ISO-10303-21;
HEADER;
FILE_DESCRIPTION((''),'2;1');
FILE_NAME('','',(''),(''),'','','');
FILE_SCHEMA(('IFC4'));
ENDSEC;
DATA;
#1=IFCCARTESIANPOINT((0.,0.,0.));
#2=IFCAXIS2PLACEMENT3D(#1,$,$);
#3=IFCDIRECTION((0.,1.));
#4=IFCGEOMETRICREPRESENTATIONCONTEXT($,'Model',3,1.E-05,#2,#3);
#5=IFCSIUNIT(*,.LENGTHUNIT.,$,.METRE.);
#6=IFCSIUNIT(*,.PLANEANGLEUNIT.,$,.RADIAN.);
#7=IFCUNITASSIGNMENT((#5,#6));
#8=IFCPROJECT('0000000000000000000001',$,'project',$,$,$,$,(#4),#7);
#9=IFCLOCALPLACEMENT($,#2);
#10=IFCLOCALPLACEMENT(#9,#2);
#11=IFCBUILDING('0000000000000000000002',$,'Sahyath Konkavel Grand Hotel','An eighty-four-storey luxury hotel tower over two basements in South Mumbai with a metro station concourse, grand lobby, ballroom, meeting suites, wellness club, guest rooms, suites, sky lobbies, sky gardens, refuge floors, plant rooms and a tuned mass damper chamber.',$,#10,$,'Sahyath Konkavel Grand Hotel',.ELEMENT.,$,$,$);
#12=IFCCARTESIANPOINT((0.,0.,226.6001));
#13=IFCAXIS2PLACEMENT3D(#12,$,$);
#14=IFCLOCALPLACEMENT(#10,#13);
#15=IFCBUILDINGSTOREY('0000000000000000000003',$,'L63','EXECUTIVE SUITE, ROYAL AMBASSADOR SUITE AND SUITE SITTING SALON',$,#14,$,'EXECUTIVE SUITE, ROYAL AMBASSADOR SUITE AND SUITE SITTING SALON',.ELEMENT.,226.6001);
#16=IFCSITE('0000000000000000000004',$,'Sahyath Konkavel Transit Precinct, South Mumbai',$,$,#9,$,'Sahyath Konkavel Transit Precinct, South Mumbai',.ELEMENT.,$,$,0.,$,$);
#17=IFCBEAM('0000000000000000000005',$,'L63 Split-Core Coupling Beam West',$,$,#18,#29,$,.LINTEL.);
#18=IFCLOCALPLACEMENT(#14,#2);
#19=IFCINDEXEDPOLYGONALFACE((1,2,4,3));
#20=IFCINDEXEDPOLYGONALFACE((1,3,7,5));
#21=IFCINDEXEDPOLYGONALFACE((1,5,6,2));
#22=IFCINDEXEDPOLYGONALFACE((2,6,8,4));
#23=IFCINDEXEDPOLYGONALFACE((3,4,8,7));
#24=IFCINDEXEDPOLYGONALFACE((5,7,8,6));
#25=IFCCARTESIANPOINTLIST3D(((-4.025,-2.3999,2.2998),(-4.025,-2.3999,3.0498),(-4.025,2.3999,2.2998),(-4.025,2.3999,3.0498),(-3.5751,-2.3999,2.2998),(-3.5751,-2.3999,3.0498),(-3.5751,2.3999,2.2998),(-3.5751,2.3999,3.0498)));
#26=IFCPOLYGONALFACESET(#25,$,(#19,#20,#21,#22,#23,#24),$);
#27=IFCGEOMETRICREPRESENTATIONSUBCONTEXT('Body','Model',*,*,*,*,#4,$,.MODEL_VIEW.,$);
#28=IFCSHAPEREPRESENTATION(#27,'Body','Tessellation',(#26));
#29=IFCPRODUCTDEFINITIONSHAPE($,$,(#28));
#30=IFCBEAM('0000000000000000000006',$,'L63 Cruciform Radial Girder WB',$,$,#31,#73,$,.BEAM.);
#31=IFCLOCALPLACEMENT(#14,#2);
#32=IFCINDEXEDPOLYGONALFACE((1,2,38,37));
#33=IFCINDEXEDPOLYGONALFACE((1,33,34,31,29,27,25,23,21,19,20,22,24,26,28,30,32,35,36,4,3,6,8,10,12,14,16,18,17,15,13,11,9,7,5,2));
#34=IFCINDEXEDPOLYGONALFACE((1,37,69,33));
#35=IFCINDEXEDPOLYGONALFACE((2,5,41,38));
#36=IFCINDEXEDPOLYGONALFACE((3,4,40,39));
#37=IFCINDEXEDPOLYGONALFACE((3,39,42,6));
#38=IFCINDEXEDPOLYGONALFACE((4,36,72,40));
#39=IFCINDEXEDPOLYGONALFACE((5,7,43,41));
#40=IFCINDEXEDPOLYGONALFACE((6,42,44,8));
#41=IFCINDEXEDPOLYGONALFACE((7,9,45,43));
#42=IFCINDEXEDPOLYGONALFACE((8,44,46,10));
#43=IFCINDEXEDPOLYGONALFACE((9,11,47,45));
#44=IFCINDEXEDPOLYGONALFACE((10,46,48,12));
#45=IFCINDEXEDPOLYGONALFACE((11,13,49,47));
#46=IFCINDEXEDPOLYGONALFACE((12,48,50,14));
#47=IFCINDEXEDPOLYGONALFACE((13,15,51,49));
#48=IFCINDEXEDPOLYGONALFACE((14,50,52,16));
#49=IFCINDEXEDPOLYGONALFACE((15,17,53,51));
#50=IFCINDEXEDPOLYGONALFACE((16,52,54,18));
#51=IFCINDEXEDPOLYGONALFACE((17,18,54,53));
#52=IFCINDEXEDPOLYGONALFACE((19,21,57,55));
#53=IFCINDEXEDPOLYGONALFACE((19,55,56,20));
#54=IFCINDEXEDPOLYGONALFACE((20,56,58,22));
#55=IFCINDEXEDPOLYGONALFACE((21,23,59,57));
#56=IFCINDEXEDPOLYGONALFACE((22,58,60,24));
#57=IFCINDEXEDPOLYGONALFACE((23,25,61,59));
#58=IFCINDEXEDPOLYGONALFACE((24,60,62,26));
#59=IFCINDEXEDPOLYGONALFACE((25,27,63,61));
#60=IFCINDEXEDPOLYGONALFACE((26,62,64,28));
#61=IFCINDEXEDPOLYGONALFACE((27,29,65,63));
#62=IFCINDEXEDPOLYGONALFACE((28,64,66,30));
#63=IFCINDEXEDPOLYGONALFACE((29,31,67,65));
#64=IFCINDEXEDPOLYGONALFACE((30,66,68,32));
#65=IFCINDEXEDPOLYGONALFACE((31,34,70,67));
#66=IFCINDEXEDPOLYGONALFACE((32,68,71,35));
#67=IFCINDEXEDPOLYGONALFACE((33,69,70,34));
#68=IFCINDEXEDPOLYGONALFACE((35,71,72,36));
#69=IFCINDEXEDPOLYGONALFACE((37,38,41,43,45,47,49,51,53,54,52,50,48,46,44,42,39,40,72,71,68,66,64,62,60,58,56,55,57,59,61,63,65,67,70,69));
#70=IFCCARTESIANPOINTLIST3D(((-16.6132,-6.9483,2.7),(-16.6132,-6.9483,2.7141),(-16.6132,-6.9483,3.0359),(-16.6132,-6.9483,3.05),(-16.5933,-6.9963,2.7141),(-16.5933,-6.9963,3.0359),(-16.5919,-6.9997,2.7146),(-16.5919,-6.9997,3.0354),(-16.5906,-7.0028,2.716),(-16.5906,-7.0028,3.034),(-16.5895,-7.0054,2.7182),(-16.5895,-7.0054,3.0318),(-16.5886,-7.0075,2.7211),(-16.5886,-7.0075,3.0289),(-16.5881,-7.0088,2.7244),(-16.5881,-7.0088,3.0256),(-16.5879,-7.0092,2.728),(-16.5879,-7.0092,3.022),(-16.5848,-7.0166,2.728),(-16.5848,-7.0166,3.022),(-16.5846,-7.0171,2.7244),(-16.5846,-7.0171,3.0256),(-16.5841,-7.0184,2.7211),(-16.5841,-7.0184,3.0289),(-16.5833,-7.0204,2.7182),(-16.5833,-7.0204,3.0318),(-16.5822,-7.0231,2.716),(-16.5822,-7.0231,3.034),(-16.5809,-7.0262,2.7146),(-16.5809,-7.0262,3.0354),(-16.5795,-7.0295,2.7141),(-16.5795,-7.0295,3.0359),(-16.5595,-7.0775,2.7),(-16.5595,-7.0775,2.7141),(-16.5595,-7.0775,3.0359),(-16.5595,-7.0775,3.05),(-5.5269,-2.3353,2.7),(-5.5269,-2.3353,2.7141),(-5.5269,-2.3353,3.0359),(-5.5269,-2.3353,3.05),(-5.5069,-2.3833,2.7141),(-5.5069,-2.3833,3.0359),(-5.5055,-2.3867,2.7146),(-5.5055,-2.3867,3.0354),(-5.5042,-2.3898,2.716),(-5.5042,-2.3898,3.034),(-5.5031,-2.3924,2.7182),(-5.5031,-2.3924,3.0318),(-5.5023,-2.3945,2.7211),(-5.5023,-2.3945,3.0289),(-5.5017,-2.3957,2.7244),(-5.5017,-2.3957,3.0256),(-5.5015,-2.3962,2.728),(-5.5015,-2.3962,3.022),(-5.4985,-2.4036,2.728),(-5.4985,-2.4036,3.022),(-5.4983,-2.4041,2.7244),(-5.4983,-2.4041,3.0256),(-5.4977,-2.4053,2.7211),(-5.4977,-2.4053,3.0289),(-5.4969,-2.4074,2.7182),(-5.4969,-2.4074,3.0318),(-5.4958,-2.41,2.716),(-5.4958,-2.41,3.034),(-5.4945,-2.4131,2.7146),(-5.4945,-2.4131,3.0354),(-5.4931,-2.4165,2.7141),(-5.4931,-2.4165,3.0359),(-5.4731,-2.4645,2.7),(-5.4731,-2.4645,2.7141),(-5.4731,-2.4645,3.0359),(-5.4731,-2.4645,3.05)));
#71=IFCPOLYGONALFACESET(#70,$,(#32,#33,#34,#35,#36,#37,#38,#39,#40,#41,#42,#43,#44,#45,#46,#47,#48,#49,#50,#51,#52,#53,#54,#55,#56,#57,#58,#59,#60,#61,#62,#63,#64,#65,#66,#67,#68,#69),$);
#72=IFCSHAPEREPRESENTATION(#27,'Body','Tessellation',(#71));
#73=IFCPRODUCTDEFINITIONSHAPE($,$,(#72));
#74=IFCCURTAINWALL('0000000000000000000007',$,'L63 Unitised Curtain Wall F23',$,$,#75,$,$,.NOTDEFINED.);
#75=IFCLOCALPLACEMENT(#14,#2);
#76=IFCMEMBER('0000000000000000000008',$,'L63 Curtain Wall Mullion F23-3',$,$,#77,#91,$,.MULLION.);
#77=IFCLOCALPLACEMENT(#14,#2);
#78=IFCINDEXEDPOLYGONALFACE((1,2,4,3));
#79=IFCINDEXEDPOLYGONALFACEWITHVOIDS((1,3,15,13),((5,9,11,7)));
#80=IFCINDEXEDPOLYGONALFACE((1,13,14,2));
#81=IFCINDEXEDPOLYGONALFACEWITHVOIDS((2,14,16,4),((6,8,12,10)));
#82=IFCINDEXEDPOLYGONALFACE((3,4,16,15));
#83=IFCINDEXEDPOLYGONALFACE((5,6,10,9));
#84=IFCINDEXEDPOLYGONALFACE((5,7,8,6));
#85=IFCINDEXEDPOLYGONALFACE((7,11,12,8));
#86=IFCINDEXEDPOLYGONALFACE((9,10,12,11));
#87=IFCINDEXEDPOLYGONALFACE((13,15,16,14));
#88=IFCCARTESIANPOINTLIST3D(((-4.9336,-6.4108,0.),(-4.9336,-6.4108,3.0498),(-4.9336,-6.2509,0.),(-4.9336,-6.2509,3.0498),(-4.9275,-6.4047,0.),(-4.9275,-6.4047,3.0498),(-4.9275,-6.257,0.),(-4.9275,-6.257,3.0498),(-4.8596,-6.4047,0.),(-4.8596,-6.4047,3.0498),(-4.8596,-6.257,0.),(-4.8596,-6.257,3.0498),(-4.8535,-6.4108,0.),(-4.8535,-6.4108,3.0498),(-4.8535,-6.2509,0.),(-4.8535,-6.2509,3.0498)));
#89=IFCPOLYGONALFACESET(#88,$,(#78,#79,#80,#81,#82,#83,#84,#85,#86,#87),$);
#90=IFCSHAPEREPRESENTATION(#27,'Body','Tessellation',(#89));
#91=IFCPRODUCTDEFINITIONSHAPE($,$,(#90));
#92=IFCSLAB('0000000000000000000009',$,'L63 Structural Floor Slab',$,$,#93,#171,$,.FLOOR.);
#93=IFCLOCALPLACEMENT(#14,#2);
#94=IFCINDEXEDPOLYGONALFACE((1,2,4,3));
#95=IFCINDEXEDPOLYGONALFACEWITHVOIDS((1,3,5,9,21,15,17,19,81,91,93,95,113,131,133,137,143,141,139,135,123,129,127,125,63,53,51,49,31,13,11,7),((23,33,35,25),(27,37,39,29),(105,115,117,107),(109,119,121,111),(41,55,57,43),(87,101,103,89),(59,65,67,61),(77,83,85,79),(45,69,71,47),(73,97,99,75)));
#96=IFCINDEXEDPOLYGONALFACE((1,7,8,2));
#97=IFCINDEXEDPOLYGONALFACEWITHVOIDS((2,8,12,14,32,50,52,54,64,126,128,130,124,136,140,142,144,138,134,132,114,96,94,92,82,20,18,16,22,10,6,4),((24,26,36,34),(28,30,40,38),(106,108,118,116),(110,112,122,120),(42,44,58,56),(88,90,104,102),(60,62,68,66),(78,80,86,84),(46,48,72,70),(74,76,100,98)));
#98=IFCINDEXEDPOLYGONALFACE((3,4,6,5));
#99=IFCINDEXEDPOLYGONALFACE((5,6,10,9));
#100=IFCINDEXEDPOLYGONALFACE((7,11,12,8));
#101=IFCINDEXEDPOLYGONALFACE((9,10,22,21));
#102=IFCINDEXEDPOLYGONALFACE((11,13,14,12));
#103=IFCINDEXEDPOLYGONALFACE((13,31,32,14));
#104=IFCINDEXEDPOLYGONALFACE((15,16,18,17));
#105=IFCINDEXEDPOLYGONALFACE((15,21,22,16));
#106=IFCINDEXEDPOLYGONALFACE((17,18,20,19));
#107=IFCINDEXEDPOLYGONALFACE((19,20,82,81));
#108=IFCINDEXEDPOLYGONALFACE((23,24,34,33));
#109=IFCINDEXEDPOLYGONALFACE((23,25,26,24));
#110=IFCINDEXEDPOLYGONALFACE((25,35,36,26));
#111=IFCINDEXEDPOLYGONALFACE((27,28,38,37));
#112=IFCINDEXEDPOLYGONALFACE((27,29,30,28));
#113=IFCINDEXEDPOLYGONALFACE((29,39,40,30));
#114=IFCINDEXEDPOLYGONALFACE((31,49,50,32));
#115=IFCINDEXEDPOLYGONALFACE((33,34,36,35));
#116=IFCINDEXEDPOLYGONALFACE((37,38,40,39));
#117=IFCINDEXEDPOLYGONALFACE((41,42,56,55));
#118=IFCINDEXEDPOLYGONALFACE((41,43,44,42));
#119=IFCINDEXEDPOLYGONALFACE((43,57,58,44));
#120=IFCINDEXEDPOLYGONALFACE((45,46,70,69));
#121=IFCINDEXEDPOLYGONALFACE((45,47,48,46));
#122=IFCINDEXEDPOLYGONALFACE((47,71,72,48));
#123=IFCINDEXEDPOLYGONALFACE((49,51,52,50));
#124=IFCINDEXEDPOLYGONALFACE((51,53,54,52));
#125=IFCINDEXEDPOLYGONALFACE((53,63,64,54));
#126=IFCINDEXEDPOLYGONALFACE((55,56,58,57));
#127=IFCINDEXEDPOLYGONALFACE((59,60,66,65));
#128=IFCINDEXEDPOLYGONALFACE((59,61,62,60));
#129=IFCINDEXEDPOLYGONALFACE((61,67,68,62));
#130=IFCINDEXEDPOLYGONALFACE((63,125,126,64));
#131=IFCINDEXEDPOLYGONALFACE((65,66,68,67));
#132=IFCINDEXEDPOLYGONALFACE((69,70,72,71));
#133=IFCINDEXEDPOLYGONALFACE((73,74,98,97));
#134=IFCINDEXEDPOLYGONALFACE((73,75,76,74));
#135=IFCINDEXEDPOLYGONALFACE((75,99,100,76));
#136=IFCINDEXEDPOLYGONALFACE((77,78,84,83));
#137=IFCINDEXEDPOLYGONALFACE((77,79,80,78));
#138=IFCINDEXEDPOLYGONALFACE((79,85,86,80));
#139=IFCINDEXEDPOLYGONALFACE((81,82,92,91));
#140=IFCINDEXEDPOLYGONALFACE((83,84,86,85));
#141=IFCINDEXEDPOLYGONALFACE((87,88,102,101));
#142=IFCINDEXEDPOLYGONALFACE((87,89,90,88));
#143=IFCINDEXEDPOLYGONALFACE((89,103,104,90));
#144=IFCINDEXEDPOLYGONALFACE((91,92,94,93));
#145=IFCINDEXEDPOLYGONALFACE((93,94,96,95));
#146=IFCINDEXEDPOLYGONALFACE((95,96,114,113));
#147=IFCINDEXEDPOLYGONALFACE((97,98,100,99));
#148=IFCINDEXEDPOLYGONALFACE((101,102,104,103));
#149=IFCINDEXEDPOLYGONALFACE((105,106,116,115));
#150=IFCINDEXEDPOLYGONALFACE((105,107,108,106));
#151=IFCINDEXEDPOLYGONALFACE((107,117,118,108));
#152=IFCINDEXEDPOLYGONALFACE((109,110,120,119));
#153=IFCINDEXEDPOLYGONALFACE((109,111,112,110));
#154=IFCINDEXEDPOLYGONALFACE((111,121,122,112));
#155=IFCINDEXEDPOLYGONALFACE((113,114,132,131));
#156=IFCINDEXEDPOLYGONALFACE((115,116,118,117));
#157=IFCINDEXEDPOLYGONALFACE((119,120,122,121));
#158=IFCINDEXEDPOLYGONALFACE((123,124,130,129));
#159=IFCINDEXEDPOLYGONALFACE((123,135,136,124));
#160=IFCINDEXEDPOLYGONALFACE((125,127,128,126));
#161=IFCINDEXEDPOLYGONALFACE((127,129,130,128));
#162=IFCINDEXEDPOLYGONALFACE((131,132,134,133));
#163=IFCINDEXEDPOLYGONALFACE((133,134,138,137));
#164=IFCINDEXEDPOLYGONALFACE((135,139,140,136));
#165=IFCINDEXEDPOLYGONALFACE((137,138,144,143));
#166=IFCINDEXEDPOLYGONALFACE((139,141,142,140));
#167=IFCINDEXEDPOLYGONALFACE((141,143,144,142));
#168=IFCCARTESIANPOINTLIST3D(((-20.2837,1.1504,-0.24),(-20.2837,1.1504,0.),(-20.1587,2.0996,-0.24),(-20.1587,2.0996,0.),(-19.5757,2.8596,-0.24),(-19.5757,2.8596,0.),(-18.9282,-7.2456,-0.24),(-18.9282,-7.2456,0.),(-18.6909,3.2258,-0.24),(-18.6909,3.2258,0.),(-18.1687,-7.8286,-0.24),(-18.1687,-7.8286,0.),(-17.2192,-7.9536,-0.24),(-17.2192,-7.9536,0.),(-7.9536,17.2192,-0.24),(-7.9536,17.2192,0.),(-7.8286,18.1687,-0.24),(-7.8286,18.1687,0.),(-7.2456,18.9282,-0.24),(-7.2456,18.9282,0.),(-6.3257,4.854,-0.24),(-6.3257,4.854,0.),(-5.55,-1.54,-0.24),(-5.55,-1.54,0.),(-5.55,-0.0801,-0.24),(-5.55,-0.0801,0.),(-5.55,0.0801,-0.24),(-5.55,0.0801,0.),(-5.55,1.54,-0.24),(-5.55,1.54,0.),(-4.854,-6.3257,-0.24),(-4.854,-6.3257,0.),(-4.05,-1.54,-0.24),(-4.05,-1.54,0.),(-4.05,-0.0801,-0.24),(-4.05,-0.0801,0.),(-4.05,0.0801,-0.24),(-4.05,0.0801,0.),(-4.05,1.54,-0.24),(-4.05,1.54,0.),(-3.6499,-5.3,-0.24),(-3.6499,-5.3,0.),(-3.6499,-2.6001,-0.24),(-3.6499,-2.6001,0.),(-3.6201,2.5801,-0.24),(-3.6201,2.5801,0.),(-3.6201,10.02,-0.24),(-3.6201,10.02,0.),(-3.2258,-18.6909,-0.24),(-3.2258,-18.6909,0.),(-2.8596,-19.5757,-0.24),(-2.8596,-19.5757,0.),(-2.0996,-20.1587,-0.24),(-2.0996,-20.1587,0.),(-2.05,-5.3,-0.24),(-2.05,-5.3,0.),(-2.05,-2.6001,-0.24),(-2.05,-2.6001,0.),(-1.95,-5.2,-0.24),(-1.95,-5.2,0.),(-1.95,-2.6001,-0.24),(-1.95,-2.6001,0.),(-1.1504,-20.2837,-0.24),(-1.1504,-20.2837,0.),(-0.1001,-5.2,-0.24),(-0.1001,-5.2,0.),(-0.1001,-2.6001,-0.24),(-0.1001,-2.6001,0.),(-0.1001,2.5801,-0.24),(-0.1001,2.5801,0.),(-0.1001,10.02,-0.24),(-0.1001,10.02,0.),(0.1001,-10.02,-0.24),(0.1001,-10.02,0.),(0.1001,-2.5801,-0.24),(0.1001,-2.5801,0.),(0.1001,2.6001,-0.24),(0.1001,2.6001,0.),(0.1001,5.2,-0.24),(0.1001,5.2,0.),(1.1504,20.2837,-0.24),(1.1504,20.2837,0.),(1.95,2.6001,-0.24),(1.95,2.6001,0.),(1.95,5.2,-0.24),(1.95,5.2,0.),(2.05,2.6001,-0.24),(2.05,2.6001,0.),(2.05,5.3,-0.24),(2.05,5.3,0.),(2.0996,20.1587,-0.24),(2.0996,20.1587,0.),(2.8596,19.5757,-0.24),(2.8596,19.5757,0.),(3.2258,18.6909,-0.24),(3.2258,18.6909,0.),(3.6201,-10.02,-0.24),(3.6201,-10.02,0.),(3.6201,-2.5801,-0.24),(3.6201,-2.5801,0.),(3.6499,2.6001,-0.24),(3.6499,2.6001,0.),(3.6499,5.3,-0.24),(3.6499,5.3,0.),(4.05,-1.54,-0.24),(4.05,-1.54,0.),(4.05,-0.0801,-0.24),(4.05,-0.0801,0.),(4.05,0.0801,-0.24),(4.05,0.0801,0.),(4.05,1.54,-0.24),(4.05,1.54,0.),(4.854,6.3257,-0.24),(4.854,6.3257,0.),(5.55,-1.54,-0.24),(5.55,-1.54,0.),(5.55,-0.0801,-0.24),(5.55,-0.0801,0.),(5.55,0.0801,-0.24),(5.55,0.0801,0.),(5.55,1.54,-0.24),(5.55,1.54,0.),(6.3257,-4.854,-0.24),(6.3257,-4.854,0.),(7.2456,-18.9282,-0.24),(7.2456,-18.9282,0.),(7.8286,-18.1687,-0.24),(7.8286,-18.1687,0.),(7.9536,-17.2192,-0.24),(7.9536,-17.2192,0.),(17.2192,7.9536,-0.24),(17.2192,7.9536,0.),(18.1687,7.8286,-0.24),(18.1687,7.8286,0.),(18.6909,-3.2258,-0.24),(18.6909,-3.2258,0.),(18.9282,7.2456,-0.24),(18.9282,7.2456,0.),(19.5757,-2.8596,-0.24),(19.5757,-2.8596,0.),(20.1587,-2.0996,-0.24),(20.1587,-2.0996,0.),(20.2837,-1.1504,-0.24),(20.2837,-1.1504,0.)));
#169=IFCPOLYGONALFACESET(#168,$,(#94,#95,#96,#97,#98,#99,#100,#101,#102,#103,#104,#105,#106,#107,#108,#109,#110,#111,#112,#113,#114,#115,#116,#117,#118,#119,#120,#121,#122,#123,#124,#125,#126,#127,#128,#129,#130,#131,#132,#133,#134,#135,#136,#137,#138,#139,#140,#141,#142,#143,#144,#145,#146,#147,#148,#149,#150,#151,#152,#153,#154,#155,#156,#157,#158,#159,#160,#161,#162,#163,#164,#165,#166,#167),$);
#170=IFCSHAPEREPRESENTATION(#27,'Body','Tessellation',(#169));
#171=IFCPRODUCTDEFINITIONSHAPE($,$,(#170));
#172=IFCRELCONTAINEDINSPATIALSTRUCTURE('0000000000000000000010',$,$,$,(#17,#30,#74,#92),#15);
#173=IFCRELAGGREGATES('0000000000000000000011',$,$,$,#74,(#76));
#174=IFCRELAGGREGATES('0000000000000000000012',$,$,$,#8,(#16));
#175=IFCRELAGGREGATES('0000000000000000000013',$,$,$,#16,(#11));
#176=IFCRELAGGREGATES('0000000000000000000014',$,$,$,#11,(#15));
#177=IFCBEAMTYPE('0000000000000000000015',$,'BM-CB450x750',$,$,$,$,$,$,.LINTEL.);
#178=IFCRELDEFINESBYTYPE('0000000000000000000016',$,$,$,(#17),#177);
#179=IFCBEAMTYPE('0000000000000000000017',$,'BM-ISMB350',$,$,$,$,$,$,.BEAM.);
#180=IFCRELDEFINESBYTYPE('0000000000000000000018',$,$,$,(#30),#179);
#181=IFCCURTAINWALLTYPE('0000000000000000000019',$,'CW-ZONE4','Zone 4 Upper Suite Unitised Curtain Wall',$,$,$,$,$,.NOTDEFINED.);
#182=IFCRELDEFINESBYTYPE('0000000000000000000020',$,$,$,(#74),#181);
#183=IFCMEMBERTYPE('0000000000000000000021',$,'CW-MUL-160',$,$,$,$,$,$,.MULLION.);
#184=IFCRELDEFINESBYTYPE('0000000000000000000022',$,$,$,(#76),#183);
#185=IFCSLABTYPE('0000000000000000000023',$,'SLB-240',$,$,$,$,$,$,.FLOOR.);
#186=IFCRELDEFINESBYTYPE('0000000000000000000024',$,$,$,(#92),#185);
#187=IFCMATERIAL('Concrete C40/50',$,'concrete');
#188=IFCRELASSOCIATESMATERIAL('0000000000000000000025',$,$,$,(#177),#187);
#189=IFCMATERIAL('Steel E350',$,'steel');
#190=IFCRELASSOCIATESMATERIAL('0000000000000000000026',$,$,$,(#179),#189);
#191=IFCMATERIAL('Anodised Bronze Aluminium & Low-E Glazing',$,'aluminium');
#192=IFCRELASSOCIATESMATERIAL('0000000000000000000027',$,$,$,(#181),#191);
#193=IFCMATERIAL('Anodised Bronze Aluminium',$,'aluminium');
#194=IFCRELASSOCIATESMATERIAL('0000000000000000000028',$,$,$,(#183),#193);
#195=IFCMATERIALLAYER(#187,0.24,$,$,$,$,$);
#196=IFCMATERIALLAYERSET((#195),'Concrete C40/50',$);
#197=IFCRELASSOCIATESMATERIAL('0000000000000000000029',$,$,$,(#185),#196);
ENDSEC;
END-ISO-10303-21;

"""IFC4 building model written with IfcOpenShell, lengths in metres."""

from ifc_helpers import new_model, si_unit, direction, frame, origin, origin_2d, place, context, subcontext, project, spatial, polyline, rectangle, hollow_rectangle, i_section, outline, extrude, source, transform, mapped, material, layer, layer_set, material_profile, profile_set, type_object, element, aggregate, save


model = new_model("IFC4")

# Units and contexts
model_context = context("Model", 3, precision=1e-05, world=origin(), true_north=direction((0.0, 1.0)))
body_context = subcontext(model_context, "Body", "Model", "MODEL_VIEW")
ifc_project = project(units=[si_unit("LENGTHUNIT", "METRE"), si_unit("PLANEANGLEUNIT", "RADIAN")], contexts=[model_context])

# Site, building, storey
site_placement = place(None, origin())
site = spatial("IfcSite", under=ifc_project, at=site_placement, Name="Sahyath Konkavel Transit Precinct, South Mumbai", LongName="Sahyath Konkavel Transit Precinct, South Mumbai", CompositionType="ELEMENT", RefElevation=0.0)
building_placement = place(site_placement, origin())
building = spatial("IfcBuilding", under=site, at=building_placement, Name="Sahyath Konkavel Grand Hotel", Description="An eighty-four-storey luxury hotel tower over two basements in South Mumbai with a metro station concourse, grand lobby, ballroom, meeting suites, wellness club, guest rooms, suites, sky lobbies, sky gardens, refuge floors, plant rooms and a tuned mass damper chamber.", LongName="Sahyath Konkavel Grand Hotel", CompositionType="ELEMENT")
storey_placement = place(building_placement, frame((0.0, 0.0, 226.6001)))
storey = spatial("IfcBuildingStorey", under=building, at=storey_placement, Name="L63", Description="EXECUTIVE SUITE, ROYAL AMBASSADOR SUITE AND SUITE SITTING SALON", LongName="EXECUTIVE SUITE, ROYAL AMBASSADOR SUITE AND SUITE SITTING SALON", CompositionType="ELEMENT", Elevation=226.6001)

# Shared definitions
ifc_material_1 = material(Name="Concrete C40/50", Category="concrete")

# Beams
ifc_material_2 = material(Name="Steel E350", Category="steel")
ifc_material_profile_1 = material_profile(ifc_material_1, rectangle(XDim=0.45, YDim=0.75, at=origin_2d()), Name="RC 450x750")
ifc_profile_set_1 = profile_set([ifc_material_profile_1], Name="Concrete C40/50")
beam_type_1 = type_object("IfcBeamType", Name="BM-CB450x750", PredefinedType="LINTEL", material=ifc_profile_set_1)
shared_shape_1 = source(origin(), body_context, "Body", "SweptSolid", [
    extrude(rectangle(XDim=0.45, YDim=0.75, at=origin_2d()), origin(), (0.0, 0.0, 1.0), 4.7998),
])
beam_1_placement = place(storey_placement, frame((-3.8, -2.3999, 2.6748), z_axis=(0.0, 1.0, 0.0), x_axis=(-1.0, 0.0, 0.0)))
element("IfcBeam", 1, at=beam_1_placement, inside=storey, type_object=beam_type_1, Name="L63 Split-Core Coupling Beam West", PredefinedType="LINTEL", context=body_context, shape_type="MappedRepresentation", body=[
    mapped(shared_shape_1, transform((0.0, 0.0, 0.0), scale=1.0)),
])
ifc_material_profile_2 = material_profile(ifc_material_2, i_section(OverallWidth=0.1399, OverallDepth=0.3501, WebThickness=0.0081, FlangeThickness=0.0142, FilletRadius=0.0139, at=origin_2d()), Name="ISMB 350")
ifc_profile_set_2 = profile_set([ifc_material_profile_2], Name="Steel E350")
beam_type_2 = type_object("IfcBeamType", Name="BM-ISMB350", PredefinedType="BEAM", material=ifc_profile_set_2)
shared_shape_2 = source(origin(), body_context, "Body", "SweptSolid", [
    extrude(i_section(OverallWidth=0.1399, OverallDepth=0.3501, WebThickness=0.0081, FlangeThickness=0.0142, FilletRadius=0.0139, at=origin_2d()), origin(), (0.0, 0.0, 1.0), 12.0078),
])
beam_2_placement = place(storey_placement, frame((-5.5, -2.3999, 2.875), z_axis=(-0.923263, -0.384168, 0.0), x_axis=(0.384168, -0.923263, 0.0)))
element("IfcBeam", 2, at=beam_2_placement, inside=storey, type_object=beam_type_2, Name="L63 Cruciform Radial Girder WB", PredefinedType="BEAM", context=body_context, shape_type="MappedRepresentation", body=[
    mapped(shared_shape_2, transform((0.0, 0.0, 0.0), scale=1.0)),
])

# Curtain wall, member
ifc_material_3 = material(Name="Anodised Bronze Aluminium & Low-E Glazing", Category="aluminium")
curtain_wall_type = type_object("IfcCurtainWallType", Name="CW-ZONE4", Description="Zone 4 Upper Suite Unitised Curtain Wall", PredefinedType="NOTDEFINED", material=ifc_material_3)
curtain_wall_placement = place(storey_placement, origin())
curtain_wall = element("IfcCurtainWall", 3, at=curtain_wall_placement, inside=storey, type_object=curtain_wall_type, Name="L63 Unitised Curtain Wall F23", PredefinedType="NOTDEFINED")
ifc_material_4 = material(Name="Anodised Bronze Aluminium", Category="aluminium")
ifc_material_profile_3 = material_profile(ifc_material_4, hollow_rectangle(XDim=0.0801, YDim=0.1599, WallThickness=0.0061, at=origin_2d()), Name="RHS 160x80x6")
ifc_profile_set_3 = profile_set([ifc_material_profile_3], Name="Anodised Bronze Aluminium")
member_type = type_object("IfcMemberType", Name="CW-MUL-160", PredefinedType="MULLION", material=ifc_profile_set_3)
shared_shape_3 = source(origin(), body_context, "Body", "SweptSolid", [
    extrude(hollow_rectangle(XDim=0.0801, YDim=0.1599, WallThickness=0.0061, at=origin_2d()), origin(), (0.0, 0.0, 1.0), 3.0498),
])
member_placement = place(storey_placement, frame((-4.8936, -6.3308, 0.0), z_axis=(0.0, 0.0, 1.0), x_axis=(1.0, 0.0, 0.0)))
member = element("IfcMember", 4, at=member_placement, type_object=member_type, Name="L63 Curtain Wall Mullion F23-3", PredefinedType="MULLION", context=body_context, shape_type="MappedRepresentation", body=[
    mapped(shared_shape_3, transform((0.0, 0.0, 0.0), scale=1.0)),
])

# Slab
ifc_layer_1 = layer(ifc_material_1, 0.24)
ifc_layer_set_1 = layer_set([ifc_layer_1], Name="Concrete C40/50")
slab_type = type_object("IfcSlabType", Name="SLB-240", PredefinedType="FLOOR", material=ifc_layer_set_1)
slab_placement = place(storey_placement, frame((0.0, 0.0, -0.24)))
element("IfcSlab", 5, at=slab_placement, inside=storey, type_object=slab_type, Name="L63 Structural Floor Slab", PredefinedType="FLOOR", context=body_context, shape_type="SweptSolid", body=[
    extrude(outline(polyline([(6.3257, -4.854), (18.6909, -3.2258), (19.5757, -2.8596), (20.1587, -2.0996), (20.2837, -1.1504), (18.9282, 7.2456), (18.1687, 7.8286), (17.2192, 7.9536), (4.854, 6.3257), (3.2258, 18.6909), (2.8596, 19.5757), (2.0996, 20.1587), (1.1504, 20.2837), (-7.2456, 18.9282), (-7.8286, 18.1687), (-7.9536, 17.2192), (-6.3257, 4.854), (-18.6909, 3.2258), (-19.5757, 2.8596), (-20.1587, 2.0996), (-20.2837, 1.1504), (-18.9282, -7.2456), (-18.1687, -7.8286), (-17.2192, -7.9536), (-4.854, -6.3257), (-3.2258, -18.6909), (-2.8596, -19.5757), (-2.0996, -20.1587), (-1.1504, -20.2837), (7.2456, -18.9282), (7.8286, -18.1687), (7.9536, -17.2192), (6.3257, -4.854)]), holes=[polyline([(-3.6201, 2.5801), (-0.1001, 2.5801), (-0.1001, 10.02), (-3.6201, 10.02), (-3.6201, 2.5801)]), polyline([(0.1001, -10.02), (3.6201, -10.02), (3.6201, -2.5801), (0.1001, -2.5801), (0.1001, -10.02)]), polyline([(0.1001, 2.6001), (1.95, 2.6001), (1.95, 5.2), (0.1001, 5.2), (0.1001, 2.6001)]), polyline([(-1.95, -5.2), (-0.1001, -5.2), (-0.1001, -2.6001), (-1.95, -2.6001), (-1.95, -5.2)]), polyline([(2.05, 2.6001), (3.6499, 2.6001), (3.6499, 5.3), (2.05, 5.3), (2.05, 2.6001)]), polyline([(-3.6499, -5.3), (-2.05, -5.3), (-2.05, -2.6001), (-3.6499, -2.6001), (-3.6499, -5.3)]), polyline([(4.05, 0.0801), (5.55, 0.0801), (5.55, 1.54), (4.05, 1.54), (4.05, 0.0801)]), polyline([(4.05, -1.54), (5.55, -1.54), (5.55, -0.0801), (4.05, -0.0801), (4.05, -1.54)]), polyline([(-5.55, 0.0801), (-4.05, 0.0801), (-4.05, 1.54), (-5.55, 1.54), (-5.55, 0.0801)]), polyline([(-5.55, -1.54), (-4.05, -1.54), (-4.05, -0.0801), (-5.55, -0.0801), (-5.55, -1.54)])]), origin(), (0.0, 0.0, 1.0), 0.24),
])

aggregate(curtain_wall, [member])

save(model, "model.ifc")
